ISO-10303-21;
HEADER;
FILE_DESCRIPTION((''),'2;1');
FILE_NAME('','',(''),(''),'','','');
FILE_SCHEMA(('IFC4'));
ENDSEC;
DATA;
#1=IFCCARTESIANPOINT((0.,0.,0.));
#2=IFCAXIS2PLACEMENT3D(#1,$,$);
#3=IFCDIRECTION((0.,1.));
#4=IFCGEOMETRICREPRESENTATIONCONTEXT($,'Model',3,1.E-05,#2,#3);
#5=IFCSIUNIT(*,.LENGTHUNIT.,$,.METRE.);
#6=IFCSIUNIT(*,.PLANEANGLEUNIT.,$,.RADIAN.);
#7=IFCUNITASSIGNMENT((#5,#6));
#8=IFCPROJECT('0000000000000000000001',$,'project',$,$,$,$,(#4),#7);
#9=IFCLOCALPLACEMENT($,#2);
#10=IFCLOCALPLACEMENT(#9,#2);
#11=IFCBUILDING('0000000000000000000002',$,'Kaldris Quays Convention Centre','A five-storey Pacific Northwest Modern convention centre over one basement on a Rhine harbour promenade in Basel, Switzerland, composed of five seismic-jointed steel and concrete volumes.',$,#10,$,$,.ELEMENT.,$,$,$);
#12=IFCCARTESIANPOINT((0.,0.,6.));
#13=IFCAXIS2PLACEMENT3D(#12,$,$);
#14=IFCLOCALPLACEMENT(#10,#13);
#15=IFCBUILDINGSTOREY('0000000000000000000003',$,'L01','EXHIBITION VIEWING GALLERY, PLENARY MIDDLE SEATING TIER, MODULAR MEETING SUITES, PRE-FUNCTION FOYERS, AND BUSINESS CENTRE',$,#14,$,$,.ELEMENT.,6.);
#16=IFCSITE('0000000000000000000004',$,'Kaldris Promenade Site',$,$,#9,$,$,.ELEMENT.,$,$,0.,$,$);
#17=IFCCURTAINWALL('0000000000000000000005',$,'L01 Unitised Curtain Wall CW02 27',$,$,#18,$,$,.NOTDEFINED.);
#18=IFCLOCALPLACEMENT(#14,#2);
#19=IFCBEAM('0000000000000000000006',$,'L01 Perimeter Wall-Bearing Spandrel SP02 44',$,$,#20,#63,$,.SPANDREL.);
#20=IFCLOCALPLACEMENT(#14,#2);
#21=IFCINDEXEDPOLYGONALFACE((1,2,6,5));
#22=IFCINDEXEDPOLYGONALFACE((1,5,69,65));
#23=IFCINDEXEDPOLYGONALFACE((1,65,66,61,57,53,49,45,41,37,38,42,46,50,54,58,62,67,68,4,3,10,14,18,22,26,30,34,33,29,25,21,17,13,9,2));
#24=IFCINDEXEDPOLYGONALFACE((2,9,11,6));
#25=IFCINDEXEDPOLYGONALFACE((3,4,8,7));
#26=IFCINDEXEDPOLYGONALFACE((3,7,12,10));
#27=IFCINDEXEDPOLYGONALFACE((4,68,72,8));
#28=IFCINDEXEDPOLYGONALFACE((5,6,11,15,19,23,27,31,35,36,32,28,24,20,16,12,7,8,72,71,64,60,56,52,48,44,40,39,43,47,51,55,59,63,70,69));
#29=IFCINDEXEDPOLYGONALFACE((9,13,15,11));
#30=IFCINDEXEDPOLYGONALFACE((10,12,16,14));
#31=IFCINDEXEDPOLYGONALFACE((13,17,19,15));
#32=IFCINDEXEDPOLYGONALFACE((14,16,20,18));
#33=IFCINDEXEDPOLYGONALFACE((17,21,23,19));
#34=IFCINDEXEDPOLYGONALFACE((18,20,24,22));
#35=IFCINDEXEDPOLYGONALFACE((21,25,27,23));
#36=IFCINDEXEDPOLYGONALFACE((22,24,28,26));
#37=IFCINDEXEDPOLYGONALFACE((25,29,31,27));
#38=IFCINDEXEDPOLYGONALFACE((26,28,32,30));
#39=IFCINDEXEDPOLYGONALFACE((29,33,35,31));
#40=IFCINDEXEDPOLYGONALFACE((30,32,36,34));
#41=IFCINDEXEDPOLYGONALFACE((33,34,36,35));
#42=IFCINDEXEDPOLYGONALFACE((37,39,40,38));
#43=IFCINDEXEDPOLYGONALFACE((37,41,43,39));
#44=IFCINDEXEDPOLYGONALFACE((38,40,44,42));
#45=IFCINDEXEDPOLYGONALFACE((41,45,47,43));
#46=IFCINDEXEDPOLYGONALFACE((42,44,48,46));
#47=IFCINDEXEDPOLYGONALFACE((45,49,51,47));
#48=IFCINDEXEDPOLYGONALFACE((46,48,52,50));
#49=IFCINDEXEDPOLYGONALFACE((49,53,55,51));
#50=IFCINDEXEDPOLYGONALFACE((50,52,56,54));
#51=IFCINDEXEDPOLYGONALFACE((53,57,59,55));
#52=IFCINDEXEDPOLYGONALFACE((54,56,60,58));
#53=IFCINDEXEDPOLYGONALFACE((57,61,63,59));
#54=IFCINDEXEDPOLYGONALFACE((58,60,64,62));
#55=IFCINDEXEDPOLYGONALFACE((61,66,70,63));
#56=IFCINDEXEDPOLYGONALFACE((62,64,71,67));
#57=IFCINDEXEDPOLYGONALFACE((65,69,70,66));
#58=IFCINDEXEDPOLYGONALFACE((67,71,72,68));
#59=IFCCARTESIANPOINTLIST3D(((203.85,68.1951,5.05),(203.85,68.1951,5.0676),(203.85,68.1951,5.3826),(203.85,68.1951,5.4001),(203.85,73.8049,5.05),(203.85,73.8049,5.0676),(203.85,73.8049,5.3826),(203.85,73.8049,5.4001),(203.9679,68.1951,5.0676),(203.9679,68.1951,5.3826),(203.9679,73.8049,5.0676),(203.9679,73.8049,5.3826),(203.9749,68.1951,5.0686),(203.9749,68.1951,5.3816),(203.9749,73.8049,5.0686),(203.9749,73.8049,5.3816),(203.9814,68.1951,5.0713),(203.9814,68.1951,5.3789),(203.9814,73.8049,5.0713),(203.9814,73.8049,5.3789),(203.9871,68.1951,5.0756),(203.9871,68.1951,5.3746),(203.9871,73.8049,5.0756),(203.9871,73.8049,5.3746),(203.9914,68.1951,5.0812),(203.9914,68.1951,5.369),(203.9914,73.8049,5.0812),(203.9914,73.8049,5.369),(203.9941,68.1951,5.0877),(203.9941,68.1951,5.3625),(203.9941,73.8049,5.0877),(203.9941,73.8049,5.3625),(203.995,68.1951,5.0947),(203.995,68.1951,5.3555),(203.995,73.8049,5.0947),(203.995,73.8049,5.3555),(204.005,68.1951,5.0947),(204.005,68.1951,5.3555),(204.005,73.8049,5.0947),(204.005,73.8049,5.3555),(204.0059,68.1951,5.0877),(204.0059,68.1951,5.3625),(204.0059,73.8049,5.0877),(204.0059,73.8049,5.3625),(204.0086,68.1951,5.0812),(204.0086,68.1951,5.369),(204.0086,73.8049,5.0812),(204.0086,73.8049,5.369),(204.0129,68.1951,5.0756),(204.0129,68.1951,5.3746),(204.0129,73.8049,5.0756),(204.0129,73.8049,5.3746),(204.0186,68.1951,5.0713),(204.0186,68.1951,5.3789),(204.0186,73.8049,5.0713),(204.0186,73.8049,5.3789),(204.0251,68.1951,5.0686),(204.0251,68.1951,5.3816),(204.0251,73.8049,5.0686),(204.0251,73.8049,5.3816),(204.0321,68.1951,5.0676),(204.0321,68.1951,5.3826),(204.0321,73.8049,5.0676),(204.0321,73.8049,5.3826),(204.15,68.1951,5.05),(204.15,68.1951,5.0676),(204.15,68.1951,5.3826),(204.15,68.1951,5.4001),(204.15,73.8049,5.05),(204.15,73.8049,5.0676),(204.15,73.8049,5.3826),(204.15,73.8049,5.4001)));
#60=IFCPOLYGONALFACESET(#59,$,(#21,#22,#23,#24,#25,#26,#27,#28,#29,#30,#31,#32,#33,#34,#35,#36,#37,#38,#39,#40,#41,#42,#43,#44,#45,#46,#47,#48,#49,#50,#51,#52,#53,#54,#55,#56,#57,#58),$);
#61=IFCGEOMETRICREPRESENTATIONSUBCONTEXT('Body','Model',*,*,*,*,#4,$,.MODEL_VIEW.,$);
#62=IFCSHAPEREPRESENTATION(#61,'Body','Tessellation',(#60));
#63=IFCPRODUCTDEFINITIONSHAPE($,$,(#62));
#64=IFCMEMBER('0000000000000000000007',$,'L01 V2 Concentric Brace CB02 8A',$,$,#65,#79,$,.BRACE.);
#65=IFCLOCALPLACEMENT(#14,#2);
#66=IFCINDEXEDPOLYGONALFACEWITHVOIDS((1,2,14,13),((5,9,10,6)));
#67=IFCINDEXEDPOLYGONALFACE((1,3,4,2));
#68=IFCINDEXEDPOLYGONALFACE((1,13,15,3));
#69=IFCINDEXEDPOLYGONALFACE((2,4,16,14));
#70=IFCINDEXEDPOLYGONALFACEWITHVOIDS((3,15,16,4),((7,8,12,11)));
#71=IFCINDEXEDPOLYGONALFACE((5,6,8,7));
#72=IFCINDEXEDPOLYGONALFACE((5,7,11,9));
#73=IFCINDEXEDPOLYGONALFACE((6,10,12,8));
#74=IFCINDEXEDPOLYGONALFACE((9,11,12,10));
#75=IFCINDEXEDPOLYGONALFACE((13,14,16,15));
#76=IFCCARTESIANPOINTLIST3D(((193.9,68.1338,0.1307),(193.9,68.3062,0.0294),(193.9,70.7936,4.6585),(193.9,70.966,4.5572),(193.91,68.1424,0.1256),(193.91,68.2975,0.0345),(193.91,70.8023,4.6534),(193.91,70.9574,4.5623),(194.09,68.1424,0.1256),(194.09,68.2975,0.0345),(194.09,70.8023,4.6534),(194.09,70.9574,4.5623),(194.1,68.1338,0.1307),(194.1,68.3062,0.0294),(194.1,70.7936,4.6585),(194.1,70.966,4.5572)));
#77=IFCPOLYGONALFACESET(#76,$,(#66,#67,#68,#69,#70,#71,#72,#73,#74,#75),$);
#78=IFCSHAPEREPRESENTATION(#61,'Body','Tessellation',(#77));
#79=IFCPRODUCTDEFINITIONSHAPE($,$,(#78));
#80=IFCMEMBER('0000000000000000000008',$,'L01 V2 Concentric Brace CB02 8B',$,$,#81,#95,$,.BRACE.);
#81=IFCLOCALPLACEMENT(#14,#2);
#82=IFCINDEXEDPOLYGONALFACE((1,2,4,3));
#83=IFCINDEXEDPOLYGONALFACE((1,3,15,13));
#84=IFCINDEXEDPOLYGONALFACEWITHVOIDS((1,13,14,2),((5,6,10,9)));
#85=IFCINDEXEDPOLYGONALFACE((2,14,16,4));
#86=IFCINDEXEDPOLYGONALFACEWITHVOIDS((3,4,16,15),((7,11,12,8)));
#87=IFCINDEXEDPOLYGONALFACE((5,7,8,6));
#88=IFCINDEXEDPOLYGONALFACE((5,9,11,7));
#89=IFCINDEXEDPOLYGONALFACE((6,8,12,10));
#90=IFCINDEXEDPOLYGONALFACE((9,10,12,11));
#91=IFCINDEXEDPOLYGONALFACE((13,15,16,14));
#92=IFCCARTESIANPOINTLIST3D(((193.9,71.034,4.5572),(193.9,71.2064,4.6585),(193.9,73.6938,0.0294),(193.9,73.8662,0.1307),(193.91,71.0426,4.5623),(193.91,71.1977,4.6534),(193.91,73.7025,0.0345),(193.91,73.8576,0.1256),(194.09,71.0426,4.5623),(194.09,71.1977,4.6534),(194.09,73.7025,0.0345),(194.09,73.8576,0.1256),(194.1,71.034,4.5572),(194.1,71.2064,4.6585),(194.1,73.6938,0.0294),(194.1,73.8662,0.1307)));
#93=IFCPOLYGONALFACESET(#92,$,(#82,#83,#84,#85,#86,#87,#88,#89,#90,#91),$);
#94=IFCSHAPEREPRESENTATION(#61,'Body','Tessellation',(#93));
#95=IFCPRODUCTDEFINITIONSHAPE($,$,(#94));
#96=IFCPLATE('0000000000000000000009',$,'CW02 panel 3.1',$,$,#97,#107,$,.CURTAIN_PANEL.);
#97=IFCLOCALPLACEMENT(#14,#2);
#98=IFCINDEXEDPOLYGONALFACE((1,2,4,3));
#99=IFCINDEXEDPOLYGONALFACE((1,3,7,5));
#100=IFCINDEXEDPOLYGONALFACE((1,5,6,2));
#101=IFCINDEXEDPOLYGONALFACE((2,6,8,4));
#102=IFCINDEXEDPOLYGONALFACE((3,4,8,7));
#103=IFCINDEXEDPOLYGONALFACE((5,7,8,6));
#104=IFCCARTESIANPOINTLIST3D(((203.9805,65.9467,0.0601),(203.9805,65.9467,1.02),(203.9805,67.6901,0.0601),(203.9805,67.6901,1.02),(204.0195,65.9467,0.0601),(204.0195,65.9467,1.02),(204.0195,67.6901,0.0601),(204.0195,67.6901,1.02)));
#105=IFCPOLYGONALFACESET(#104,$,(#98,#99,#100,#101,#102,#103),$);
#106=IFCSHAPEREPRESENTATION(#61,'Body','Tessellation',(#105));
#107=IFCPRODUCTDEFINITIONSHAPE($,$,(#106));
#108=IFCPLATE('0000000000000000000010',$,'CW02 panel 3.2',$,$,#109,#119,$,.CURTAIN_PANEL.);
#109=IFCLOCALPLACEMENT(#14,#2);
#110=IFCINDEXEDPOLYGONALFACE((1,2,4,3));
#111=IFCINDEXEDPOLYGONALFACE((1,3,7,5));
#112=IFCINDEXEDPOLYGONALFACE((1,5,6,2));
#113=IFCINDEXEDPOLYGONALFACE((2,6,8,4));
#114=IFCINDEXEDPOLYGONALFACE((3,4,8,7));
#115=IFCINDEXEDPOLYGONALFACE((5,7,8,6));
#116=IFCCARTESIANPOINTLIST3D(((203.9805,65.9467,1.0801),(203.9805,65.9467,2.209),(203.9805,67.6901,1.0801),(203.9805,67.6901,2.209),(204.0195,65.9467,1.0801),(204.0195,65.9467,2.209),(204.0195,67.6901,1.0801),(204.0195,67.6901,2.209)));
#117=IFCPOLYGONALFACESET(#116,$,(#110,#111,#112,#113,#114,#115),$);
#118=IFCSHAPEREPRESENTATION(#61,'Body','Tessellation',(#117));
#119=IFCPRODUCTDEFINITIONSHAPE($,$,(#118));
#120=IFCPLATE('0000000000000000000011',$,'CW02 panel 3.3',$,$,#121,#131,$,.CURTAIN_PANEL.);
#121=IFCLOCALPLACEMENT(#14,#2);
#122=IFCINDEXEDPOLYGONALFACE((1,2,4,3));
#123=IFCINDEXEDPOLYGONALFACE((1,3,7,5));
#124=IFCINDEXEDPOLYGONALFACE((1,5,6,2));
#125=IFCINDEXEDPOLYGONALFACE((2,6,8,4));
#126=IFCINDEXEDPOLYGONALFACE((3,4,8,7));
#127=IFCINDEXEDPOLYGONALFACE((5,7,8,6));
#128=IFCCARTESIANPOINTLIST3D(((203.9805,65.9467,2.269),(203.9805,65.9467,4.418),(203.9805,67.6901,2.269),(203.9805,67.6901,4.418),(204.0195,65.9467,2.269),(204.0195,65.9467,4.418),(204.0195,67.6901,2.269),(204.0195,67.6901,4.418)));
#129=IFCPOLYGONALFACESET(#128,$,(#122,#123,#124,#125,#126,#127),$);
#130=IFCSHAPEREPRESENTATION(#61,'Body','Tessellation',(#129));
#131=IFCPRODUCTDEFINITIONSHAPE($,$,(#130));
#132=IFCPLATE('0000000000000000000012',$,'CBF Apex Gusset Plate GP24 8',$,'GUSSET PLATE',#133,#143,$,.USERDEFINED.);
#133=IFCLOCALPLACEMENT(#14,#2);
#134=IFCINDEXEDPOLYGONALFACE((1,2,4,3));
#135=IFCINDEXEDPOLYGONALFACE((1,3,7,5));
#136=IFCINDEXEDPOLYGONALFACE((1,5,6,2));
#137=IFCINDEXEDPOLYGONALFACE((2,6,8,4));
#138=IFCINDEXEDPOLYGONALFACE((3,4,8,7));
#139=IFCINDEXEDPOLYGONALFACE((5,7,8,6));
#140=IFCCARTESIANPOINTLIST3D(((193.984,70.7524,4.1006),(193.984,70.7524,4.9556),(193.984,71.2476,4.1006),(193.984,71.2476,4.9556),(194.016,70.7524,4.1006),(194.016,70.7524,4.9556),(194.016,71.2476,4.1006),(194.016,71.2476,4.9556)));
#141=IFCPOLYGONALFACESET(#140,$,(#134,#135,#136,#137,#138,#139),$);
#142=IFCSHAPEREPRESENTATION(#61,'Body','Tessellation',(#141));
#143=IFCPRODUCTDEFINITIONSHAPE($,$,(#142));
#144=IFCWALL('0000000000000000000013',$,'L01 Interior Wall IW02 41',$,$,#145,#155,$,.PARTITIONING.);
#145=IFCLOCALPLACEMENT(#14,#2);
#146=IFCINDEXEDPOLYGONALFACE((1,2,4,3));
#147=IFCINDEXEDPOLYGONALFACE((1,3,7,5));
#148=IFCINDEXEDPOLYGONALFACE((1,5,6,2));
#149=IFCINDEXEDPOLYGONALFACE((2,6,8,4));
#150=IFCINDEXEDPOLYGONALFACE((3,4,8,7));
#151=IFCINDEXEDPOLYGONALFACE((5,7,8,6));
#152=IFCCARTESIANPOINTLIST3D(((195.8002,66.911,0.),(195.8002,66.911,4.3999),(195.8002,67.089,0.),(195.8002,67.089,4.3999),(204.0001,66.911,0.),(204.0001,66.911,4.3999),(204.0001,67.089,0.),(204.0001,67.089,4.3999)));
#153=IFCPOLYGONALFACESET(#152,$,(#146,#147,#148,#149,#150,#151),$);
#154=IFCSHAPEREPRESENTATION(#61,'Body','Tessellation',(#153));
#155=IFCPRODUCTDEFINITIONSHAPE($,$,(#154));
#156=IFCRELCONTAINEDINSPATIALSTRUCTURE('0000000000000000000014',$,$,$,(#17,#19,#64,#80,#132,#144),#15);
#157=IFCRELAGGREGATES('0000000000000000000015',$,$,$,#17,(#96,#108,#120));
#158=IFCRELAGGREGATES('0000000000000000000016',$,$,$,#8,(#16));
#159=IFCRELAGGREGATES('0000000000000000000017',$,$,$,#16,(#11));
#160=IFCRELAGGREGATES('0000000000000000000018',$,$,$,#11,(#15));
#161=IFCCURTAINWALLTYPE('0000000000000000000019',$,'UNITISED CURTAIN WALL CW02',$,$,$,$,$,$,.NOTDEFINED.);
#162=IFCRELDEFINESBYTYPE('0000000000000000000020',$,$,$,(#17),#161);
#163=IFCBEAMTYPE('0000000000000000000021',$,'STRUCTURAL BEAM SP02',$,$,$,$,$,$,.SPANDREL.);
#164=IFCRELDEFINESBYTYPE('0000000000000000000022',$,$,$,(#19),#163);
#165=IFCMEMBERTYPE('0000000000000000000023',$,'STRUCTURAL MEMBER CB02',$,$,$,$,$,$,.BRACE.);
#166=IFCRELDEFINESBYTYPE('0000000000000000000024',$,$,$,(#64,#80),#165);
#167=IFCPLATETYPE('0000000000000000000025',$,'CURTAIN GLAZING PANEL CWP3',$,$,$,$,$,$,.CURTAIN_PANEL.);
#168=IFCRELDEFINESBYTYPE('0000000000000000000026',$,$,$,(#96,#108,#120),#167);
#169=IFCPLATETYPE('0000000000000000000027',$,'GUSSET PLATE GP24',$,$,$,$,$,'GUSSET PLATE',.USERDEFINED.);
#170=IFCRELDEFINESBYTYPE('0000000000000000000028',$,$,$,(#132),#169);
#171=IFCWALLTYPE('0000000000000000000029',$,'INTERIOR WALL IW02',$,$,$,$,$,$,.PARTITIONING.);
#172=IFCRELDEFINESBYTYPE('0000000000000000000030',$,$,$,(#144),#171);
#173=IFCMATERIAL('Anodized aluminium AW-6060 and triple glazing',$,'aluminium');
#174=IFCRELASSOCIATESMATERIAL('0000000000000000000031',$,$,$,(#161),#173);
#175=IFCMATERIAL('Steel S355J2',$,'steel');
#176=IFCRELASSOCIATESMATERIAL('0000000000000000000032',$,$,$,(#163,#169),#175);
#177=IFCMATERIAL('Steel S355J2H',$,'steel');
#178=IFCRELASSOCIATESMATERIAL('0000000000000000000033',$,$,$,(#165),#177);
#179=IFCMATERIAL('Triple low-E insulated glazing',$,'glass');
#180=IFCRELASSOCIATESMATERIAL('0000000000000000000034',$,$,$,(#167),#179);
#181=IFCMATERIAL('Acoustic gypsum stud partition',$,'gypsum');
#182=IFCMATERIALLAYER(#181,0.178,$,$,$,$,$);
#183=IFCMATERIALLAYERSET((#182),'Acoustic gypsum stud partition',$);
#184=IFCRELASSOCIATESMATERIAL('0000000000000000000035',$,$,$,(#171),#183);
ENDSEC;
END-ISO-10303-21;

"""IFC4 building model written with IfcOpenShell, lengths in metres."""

from ifc_helpers import new_model, si_unit, direction, frame, frame_2d, origin, origin_2d, place, context, subcontext, project, spatial, rectangle, hollow_rectangle, i_section, extrude, material, layer, layer_set, material_profile, profile_set, type_object, element, aggregate, save


model = new_model("IFC4")

# Units and contexts
model_context = context("Model", 3, precision=1e-05, world=origin(), true_north=direction((0.0, 1.0)))
body_context = subcontext(model_context, "Body", "Model", "MODEL_VIEW")
ifc_project = project(units=[si_unit("LENGTHUNIT", "METRE"), si_unit("PLANEANGLEUNIT", "RADIAN")], contexts=[model_context])

# Site, building, storey
site_placement = place(None, origin())
site = spatial("IfcSite", under=ifc_project, at=site_placement, Name="Kaldris Promenade Site", CompositionType="ELEMENT", RefElevation=0.0)
building_placement = place(site_placement, origin())
building = spatial("IfcBuilding", under=site, at=building_placement, Name="Kaldris Quays Convention Centre", Description="A five-storey Pacific Northwest Modern convention centre over one basement on a Rhine harbour promenade in Basel, Switzerland, composed of five seismic-jointed steel and concrete volumes.", CompositionType="ELEMENT")
storey_placement = place(building_placement, frame((0.0, 0.0, 6.0)))
storey = spatial("IfcBuildingStorey", under=building, at=storey_placement, Name="L01", Description="EXHIBITION VIEWING GALLERY, PLENARY MIDDLE SEATING TIER, MODULAR MEETING SUITES, PRE-FUNCTION FOYERS, AND BUSINESS CENTRE", CompositionType="ELEMENT", Elevation=6.0)

# Shared definitions
ifc_material_1 = material(Name="Steel S355J2", Category="steel")

# Curtain wall
ifc_material_2 = material(Name="Anodized aluminium AW-6060 and triple glazing", Category="aluminium")
curtain_wall_type = type_object("IfcCurtainWallType", Name="UNITISED CURTAIN WALL CW02", PredefinedType="NOTDEFINED", material=ifc_material_2)
curtain_wall_1_placement = place(storey_placement, origin())
curtain_wall_1 = element("IfcCurtainWall", 1, at=curtain_wall_1_placement, inside=storey, type_object=curtain_wall_type, Name="L01 Unitised Curtain Wall CW02 27", PredefinedType="NOTDEFINED")

# Beam
ifc_material_profile_1 = material_profile(ifc_material_1, i_section(OverallWidth=0.3, OverallDepth=0.3501, WebThickness=0.01, FlangeThickness=0.0176, FilletRadius=0.0271, at=origin_2d()), Name="HEA 360")
ifc_profile_set_1 = profile_set([ifc_material_profile_1], Name="Steel S355J2")
beam_type_1 = type_object("IfcBeamType", Name="STRUCTURAL BEAM SP02", PredefinedType="SPANDREL", material=ifc_profile_set_1)
beam_1_placement = place(storey_placement, frame((204.0, 68.1951, 5.2251), z_axis=(0.0, 1.0, 0.0), x_axis=(-1.0, 0.0, 0.0)))
element("IfcBeam", 2, at=beam_1_placement, inside=storey, type_object=beam_type_1, Name="L01 Perimeter Wall-Bearing Spandrel SP02 44", PredefinedType="SPANDREL", context=body_context, shape_type="SweptSolid", body=[
    extrude(i_section(OverallWidth=0.3, OverallDepth=0.3501, WebThickness=0.01, FlangeThickness=0.0176, FilletRadius=0.0271, at=origin_2d()), origin(), (0.0, 0.0, 1.0), 5.6099),
])

# Members
ifc_material_3 = material(Name="Steel S355J2H", Category="steel")
ifc_material_profile_2 = material_profile(ifc_material_3, hollow_rectangle(XDim=0.2, YDim=0.2, WallThickness=0.01, at=origin_2d()), Name="SHS 200x200x10")
ifc_profile_set_2 = profile_set([ifc_material_profile_2], Name="Steel S355J2H")
member_type_1 = type_object("IfcMemberType", Name="STRUCTURAL MEMBER CB02", PredefinedType="BRACE", material=ifc_profile_set_2)
for number, where, z_axis, x_axis, name in (
    (3, (194.0, 68.22, 0.0801), (0.0, 0.506522, 0.862227), (-1.0, 0.0, 0.0), "L01 V2 Concentric Brace CB02 8A"),
    (4, (194.0, 73.78, 0.0801), (0.0, -0.506522, 0.862227), (1.0, 0.0, 0.0), "L01 V2 Concentric Brace CB02 8B"),
):
    element("IfcMember", number, at=place(storey_placement, frame(where, z_axis=z_axis, x_axis=x_axis)), inside=storey, type_object=member_type_1, Name=name, PredefinedType="BRACE", context=body_context, shape_type="SweptSolid", body=[
        extrude(hollow_rectangle(XDim=0.2, YDim=0.2, WallThickness=0.01, at=origin_2d()), origin(), (0.0, 0.0, 1.0), 5.2512),
    ])

# Plates
ifc_material_4 = material(Name="Triple low-E insulated glazing", Category="glass")
plate_type_1 = type_object("IfcPlateType", Name="CURTAIN GLAZING PANEL CWP3", PredefinedType="CURTAIN_PANEL", material=ifc_material_4)
plate_1_placement = place(storey_placement, frame((204.0, 66.8184, 0.0601), z_axis=(0.0, 0.0, 1.0), x_axis=(0.0, 1.0, 0.0)))
plate_1 = element("IfcPlate", 5, at=plate_1_placement, type_object=plate_type_1, Name="CW02 panel 3.1", PredefinedType="CURTAIN_PANEL", context=body_context, shape_type="SweptSolid", body=[
    extrude(rectangle(XDim=1.7434, YDim=0.0391, at=origin_2d()), origin(), (0.0, 0.0, 1.0), 0.96),
])
plate_2_placement = place(storey_placement, frame((204.0, 66.8184, 1.0801), z_axis=(0.0, 0.0, 1.0), x_axis=(0.0, 1.0, 0.0)))
plate_2 = element("IfcPlate", 6, at=plate_2_placement, type_object=plate_type_1, Name="CW02 panel 3.2", PredefinedType="CURTAIN_PANEL", context=body_context, shape_type="SweptSolid", body=[
    extrude(rectangle(XDim=1.7434, YDim=0.0391, at=origin_2d()), origin(), (0.0, 0.0, 1.0), 1.1289),
])
plate_3_placement = place(storey_placement, frame((204.0, 66.8184, 2.269), z_axis=(0.0, 0.0, 1.0), x_axis=(0.0, 1.0, 0.0)))
plate_3 = element("IfcPlate", 7, at=plate_3_placement, type_object=plate_type_1, Name="CW02 panel 3.3", PredefinedType="CURTAIN_PANEL", context=body_context, shape_type="SweptSolid", body=[
    extrude(rectangle(XDim=1.7434, YDim=0.0391, at=origin_2d()), origin(), (0.0, 0.0, 1.0), 2.1489),
])
aggregate(curtain_wall_1, [plate_1, plate_2, plate_3])
plate_type_2 = type_object("IfcPlateType", Name="GUSSET PLATE GP24", ElementType="GUSSET PLATE", PredefinedType="USERDEFINED", material=ifc_material_1)
plate_4_placement = place(storey_placement, frame((194.0, 71.0, 4.1006), z_axis=(0.0, 0.0, 1.0), x_axis=(1.0, 0.0, 0.0)))
element("IfcPlate", 8, at=plate_4_placement, inside=storey, type_object=plate_type_2, Name="CBF Apex Gusset Plate GP24 8", ObjectType="GUSSET PLATE", PredefinedType="USERDEFINED", context=body_context, shape_type="SweptSolid", body=[
    extrude(rectangle(XDim=0.032, YDim=0.4951, at=origin_2d()), origin(), (0.0, 0.0, 1.0), 0.855),
])

# Wall
ifc_material_5 = material(Name="Acoustic gypsum stud partition", Category="gypsum")
ifc_layer = layer(ifc_material_5, 0.178)
ifc_layer_set = layer_set([ifc_layer], Name="Acoustic gypsum stud partition")
wall_type = type_object("IfcWallType", Name="INTERIOR WALL IW02", PredefinedType="PARTITIONING", material=ifc_layer_set)
wall_placement = place(storey_placement, frame((195.8, 67.0, 0.0), z_axis=(0.0, 0.0, 1.0), x_axis=(1.0, 0.0, 0.0)))
element("IfcWall", 9, at=wall_placement, inside=storey, type_object=wall_type, Name="L01 Interior Wall IW02 41", PredefinedType="PARTITIONING", context=body_context, shape_type="SweptSolid", body=[
    extrude(rectangle(XDim=8.2, YDim=0.178, at=frame_2d((4.1001, 0.0))), origin(), (0.0, 0.0, 1.0), 4.3999),
])

save(model, "model.ifc")
